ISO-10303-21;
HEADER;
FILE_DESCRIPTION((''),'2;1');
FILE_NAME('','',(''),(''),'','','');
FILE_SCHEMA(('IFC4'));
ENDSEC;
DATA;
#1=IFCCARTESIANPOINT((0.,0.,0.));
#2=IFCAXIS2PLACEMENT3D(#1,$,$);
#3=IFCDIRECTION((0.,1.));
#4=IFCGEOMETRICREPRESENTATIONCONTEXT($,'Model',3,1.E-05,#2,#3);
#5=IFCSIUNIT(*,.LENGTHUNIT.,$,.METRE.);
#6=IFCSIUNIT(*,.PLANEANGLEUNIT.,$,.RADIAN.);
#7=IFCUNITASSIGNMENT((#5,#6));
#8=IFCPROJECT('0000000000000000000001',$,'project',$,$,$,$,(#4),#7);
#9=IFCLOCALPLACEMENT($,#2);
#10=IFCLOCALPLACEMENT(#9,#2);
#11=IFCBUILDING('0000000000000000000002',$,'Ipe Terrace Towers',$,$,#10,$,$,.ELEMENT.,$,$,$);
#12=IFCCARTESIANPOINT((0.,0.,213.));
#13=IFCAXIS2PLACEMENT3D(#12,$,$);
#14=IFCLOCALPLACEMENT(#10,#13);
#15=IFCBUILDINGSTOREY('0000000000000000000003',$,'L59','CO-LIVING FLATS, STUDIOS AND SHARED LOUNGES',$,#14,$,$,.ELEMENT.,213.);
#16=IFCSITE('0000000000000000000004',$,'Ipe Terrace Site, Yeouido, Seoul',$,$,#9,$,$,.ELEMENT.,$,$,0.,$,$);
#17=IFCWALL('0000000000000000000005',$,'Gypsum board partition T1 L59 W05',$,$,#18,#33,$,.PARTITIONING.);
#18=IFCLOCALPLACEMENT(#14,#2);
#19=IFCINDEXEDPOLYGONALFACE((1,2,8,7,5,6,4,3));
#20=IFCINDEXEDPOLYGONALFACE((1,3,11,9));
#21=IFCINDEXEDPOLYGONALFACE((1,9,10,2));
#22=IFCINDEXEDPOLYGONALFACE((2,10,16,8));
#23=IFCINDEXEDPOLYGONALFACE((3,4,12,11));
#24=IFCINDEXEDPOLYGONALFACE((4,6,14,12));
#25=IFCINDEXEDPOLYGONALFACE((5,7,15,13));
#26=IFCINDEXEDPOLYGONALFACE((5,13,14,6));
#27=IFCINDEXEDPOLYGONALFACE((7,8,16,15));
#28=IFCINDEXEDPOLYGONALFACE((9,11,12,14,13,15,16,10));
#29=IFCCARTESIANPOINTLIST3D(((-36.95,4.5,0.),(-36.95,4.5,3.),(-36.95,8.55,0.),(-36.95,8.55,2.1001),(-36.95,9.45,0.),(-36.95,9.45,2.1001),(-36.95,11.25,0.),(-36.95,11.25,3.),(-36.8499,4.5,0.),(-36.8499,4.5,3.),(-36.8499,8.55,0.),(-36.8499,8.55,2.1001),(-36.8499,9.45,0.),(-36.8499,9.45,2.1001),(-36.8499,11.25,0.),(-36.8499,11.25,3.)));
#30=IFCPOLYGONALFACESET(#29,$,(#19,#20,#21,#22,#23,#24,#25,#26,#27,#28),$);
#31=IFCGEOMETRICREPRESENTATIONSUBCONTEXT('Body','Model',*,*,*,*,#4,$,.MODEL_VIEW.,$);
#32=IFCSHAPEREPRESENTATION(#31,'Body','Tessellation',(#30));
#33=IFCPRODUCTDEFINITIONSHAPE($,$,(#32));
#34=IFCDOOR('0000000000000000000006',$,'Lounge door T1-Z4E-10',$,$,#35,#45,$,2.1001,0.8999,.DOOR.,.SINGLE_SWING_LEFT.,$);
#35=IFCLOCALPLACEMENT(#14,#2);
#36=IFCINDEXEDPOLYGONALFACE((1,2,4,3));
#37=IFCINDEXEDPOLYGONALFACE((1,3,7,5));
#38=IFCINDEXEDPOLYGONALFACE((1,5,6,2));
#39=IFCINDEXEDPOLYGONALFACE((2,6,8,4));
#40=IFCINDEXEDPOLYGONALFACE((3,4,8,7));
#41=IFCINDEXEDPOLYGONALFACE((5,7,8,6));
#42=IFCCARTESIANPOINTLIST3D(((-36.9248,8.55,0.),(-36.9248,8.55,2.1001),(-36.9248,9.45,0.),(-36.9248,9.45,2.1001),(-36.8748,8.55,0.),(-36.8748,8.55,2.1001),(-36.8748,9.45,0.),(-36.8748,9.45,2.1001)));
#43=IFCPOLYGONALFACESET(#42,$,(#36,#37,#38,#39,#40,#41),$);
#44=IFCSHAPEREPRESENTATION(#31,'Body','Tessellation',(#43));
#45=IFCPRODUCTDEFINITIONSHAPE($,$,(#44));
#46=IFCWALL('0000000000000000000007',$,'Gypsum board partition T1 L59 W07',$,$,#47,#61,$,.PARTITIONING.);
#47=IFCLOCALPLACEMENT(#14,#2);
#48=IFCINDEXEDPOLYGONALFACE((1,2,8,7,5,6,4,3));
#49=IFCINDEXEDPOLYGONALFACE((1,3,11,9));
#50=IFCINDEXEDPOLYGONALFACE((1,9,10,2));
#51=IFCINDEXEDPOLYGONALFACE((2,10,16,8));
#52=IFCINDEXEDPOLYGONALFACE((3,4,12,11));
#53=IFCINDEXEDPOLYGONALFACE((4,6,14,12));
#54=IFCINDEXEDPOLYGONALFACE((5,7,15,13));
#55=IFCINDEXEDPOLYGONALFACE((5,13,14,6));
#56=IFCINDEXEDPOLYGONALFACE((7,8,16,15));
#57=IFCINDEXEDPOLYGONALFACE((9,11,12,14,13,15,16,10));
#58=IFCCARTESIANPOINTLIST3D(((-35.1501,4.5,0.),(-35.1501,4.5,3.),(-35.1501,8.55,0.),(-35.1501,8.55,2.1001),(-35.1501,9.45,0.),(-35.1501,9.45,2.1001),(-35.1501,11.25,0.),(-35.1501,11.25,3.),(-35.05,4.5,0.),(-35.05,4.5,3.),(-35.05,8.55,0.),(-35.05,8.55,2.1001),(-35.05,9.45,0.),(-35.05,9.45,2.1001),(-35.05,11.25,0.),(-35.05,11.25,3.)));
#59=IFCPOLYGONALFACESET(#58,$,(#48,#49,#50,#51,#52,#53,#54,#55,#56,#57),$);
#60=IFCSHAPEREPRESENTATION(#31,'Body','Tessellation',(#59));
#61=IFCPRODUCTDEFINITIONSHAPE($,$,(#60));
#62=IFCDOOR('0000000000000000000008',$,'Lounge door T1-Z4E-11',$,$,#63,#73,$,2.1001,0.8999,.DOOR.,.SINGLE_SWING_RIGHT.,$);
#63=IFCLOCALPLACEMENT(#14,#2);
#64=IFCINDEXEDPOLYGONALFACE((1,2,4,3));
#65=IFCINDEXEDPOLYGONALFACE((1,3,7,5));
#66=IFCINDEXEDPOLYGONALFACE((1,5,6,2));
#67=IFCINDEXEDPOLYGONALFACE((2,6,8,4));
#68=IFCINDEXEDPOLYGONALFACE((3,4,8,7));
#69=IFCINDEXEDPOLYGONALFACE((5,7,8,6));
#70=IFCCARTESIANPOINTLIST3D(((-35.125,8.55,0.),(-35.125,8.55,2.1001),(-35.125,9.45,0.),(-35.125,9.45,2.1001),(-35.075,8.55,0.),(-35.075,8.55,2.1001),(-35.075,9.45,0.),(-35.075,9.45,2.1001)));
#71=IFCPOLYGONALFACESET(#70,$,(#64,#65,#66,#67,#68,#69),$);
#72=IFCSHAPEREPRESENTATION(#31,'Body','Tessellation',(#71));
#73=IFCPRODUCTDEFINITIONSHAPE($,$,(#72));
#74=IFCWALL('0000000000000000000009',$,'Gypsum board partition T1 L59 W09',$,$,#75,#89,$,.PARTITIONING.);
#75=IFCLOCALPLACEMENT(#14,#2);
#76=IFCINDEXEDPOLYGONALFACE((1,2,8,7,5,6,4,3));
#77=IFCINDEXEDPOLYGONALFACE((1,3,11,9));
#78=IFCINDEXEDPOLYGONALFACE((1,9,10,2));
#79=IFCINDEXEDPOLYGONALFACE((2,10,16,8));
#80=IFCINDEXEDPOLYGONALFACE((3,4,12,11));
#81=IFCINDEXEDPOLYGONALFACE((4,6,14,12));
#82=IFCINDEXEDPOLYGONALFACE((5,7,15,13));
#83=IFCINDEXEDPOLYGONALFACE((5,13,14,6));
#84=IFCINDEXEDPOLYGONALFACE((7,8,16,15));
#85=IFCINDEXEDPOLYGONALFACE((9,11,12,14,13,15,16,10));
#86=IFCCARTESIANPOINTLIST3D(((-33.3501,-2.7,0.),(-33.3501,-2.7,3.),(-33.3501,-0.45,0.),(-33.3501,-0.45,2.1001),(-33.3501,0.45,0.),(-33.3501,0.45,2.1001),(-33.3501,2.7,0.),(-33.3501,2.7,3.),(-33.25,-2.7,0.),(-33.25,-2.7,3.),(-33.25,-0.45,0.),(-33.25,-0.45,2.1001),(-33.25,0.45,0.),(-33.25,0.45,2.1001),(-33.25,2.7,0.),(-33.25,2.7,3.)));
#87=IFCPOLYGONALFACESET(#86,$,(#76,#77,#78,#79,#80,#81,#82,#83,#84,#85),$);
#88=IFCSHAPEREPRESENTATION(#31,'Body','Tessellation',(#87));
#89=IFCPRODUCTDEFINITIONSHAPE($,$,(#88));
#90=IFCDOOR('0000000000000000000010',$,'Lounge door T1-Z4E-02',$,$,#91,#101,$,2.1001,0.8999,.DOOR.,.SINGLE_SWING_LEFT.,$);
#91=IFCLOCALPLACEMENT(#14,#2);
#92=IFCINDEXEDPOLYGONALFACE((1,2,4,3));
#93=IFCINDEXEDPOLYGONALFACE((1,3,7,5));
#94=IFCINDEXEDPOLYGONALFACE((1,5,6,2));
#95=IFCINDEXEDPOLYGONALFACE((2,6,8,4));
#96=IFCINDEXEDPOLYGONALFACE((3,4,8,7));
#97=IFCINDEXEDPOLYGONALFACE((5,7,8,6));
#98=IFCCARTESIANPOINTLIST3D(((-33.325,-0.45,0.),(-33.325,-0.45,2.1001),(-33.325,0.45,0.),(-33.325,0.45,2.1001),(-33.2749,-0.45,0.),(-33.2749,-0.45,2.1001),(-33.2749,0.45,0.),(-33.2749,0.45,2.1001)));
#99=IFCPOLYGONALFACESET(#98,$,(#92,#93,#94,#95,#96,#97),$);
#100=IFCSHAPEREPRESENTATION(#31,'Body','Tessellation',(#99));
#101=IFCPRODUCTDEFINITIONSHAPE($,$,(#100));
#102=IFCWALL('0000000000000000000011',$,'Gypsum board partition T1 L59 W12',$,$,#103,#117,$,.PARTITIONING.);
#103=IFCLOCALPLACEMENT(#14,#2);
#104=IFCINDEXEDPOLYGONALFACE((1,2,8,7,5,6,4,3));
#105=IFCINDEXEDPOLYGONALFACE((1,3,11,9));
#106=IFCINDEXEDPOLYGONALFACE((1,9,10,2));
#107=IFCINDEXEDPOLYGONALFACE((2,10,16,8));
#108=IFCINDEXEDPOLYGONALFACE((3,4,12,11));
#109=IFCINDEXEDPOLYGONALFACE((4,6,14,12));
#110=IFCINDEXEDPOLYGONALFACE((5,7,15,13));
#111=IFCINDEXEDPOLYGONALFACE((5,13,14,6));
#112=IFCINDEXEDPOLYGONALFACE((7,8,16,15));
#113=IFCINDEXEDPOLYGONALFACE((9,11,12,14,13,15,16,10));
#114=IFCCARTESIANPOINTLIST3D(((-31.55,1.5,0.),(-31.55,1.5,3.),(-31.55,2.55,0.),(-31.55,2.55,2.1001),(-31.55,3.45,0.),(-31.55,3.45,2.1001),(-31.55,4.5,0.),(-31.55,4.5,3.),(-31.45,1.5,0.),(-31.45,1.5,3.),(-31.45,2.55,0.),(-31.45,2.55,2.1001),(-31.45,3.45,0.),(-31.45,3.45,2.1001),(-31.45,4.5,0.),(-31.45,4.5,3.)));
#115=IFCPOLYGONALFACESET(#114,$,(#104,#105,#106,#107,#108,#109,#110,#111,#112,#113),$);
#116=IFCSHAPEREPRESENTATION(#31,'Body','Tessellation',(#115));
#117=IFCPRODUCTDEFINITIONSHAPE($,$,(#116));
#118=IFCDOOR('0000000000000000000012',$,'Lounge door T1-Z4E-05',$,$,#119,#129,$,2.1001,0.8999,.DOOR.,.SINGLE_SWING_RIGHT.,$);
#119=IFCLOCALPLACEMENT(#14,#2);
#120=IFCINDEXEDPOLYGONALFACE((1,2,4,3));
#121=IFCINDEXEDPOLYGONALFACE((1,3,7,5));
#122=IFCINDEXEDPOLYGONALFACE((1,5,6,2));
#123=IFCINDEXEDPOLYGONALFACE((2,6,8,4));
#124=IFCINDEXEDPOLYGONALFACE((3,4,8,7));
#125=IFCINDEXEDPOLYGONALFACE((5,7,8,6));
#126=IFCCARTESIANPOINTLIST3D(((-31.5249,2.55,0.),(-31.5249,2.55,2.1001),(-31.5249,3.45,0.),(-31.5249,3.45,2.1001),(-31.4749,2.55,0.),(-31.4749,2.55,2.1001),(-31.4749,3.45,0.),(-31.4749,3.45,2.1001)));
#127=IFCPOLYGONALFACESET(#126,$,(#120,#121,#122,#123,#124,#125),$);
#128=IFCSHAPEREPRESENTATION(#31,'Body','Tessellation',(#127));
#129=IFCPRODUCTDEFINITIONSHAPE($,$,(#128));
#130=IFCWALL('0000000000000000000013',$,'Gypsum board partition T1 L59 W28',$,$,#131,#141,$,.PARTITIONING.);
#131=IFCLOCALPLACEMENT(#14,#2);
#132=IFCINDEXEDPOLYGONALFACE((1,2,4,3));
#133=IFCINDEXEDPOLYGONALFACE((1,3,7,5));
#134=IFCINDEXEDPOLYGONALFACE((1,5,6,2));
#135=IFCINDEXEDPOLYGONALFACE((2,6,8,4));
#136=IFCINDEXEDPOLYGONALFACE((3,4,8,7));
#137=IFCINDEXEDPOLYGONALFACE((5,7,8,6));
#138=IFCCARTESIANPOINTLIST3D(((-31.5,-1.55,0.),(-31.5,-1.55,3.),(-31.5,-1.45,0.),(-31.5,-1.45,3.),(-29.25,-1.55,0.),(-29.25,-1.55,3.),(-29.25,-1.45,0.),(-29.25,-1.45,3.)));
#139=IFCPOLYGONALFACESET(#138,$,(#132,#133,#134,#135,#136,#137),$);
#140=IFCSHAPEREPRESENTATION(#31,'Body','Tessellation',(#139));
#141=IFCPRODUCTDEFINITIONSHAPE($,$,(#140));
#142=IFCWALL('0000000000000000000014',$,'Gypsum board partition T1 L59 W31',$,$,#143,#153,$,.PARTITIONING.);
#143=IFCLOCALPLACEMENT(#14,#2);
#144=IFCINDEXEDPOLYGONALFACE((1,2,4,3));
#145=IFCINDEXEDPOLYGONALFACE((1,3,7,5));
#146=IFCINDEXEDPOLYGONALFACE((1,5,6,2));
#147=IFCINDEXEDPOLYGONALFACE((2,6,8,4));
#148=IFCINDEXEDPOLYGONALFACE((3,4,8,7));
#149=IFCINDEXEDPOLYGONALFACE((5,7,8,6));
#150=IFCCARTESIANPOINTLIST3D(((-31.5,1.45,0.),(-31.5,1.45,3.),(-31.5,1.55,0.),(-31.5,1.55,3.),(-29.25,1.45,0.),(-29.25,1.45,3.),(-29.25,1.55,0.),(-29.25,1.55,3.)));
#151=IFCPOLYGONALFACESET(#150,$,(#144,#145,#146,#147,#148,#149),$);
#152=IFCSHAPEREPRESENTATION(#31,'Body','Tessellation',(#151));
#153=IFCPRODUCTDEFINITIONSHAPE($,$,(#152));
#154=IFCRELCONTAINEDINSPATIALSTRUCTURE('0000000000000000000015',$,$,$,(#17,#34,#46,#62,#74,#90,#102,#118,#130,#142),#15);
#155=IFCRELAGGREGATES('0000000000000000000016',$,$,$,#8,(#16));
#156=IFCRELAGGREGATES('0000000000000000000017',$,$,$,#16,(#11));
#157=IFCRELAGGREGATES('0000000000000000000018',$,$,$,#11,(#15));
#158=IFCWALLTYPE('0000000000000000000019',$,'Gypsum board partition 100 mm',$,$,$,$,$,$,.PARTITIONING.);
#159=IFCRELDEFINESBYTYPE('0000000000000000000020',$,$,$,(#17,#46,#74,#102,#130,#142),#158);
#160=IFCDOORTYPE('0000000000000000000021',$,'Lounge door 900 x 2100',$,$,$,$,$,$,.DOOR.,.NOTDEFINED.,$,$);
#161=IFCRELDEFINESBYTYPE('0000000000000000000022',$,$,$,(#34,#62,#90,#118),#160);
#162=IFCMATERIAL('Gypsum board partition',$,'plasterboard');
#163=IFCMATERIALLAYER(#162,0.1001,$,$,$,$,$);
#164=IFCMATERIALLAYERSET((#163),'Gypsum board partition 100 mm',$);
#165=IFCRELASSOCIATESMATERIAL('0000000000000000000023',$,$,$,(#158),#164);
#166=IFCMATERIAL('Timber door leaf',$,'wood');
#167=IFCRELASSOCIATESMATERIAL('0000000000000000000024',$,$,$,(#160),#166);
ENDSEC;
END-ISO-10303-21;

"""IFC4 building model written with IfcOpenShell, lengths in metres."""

from ifc_helpers import new_model, si_unit, direction, frame, frame_2d, origin, place, context, subcontext, project, spatial, rectangle, extrude, material, layer, layer_set, type_object, element, fill, save


model = new_model("IFC4")

# Units and contexts
model_context = context("Model", 3, precision=1e-05, world=origin(), true_north=direction((0.0, 1.0)))
body_context = subcontext(model_context, "Body", "Model", "MODEL_VIEW")
ifc_project = project(units=[si_unit("LENGTHUNIT", "METRE"), si_unit("PLANEANGLEUNIT", "RADIAN")], contexts=[model_context])

# Site, building, storey
site_placement = place(None, origin())
site = spatial("IfcSite", under=ifc_project, at=site_placement, Name="Ipe Terrace Site, Yeouido, Seoul", CompositionType="ELEMENT", RefElevation=0.0)
building_placement = place(site_placement, origin())
building = spatial("IfcBuilding", under=site, at=building_placement, Name="Ipe Terrace Towers", CompositionType="ELEMENT")
storey_placement = place(building_placement, frame((0.0, 0.0, 213.0)))
storey = spatial("IfcBuildingStorey", under=building, at=storey_placement, Name="L59", Description="CO-LIVING FLATS, STUDIOS AND SHARED LOUNGES", CompositionType="ELEMENT", Elevation=213.0)

# Shared definitions
ifc_material_1 = material(Name="Gypsum board partition", Category="plasterboard")
ifc_layer_1 = layer(ifc_material_1, 0.1001)
ifc_layer_set_1 = layer_set([ifc_layer_1], Name="Gypsum board partition 100 mm")
wall_type_1 = type_object("IfcWallType", Name="Gypsum board partition 100 mm", PredefinedType="PARTITIONING", material=ifc_layer_set_1)

# Walls, openings, doors
wall_1_placement = place(storey_placement, frame((-36.8999, 4.5, 0.0), z_axis=(0.0, 0.0, 1.0), x_axis=(0.0, 1.0, 0.0)))
wall_1 = element("IfcWall", 1, at=wall_1_placement, inside=storey, type_object=wall_type_1, Name="Gypsum board partition T1 L59 W05", PredefinedType="PARTITIONING", context=body_context, shape_type="SweptSolid", body=[
    extrude(rectangle(XDim=6.75, YDim=0.1001, at=frame_2d((3.375, 0.0))), origin(), (0.0, 0.0, 1.0), 3.0),
])
opening_1_placement = place(wall_1_placement, frame((4.05, 0.0, 0.0)))
opening_1 = element("IfcOpeningElement", 2, at=opening_1_placement, cuts=wall_1, PredefinedType="OPENING", context=body_context, shape_type="SweptSolid", body=[
    extrude(rectangle(XDim=0.8999, YDim=2.1001, at=frame_2d((0.45, 1.05))), frame((0.0, 0.0601, 0.0), z_axis=(0.0, -1.0, 0.0), x_axis=(1.0, 0.0, 0.0)), (0.0, 0.0, 1.0), 0.1201),
])
ifc_material_2 = material(Name="Timber door leaf", Category="wood")
door_type = type_object("IfcDoorType", Name="Lounge door 900 x 2100", OperationType="NOTDEFINED", PredefinedType="DOOR", material=ifc_material_2)
door_1_placement = place(opening_1_placement, origin())
door_1 = element("IfcDoor", 3, at=door_1_placement, inside=storey, type_object=door_type, Name="Lounge door T1-Z4E-10", OperationType="SINGLE_SWING_LEFT", OverallHeight=2.1001, OverallWidth=0.8999, PredefinedType="DOOR", context=body_context, shape_type="SweptSolid", body=[
    extrude(rectangle(XDim=0.8999, YDim=2.1001, at=frame_2d((0.45, 1.05))), frame((0.0, 0.0249, 0.0), z_axis=(0.0, -1.0, 0.0), x_axis=(1.0, 0.0, 0.0)), (0.0, 0.0, 1.0), 0.05),
])
fill(opening_1, door_1)
wall_2_placement = place(storey_placement, frame((-35.1001, 4.5, 0.0), z_axis=(0.0, 0.0, 1.0), x_axis=(0.0, 1.0, 0.0)))
wall_2 = element("IfcWall", 4, at=wall_2_placement, inside=storey, type_object=wall_type_1, Name="Gypsum board partition T1 L59 W07", PredefinedType="PARTITIONING", context=body_context, shape_type="SweptSolid", body=[
    extrude(rectangle(XDim=6.75, YDim=0.1001, at=frame_2d((3.375, 0.0))), origin(), (0.0, 0.0, 1.0), 3.0),
])
opening_2_placement = place(wall_2_placement, frame((4.05, 0.0, 0.0)))
opening_2 = element("IfcOpeningElement", 5, at=opening_2_placement, cuts=wall_2, PredefinedType="OPENING", context=body_context, shape_type="SweptSolid", body=[
    extrude(rectangle(XDim=0.8999, YDim=2.1001, at=frame_2d((0.45, 1.05))), frame((0.0, 0.0601, 0.0), z_axis=(0.0, -1.0, 0.0), x_axis=(1.0, 0.0, 0.0)), (0.0, 0.0, 1.0), 0.1201),
])
door_2_placement = place(opening_2_placement, origin())
door_2 = element("IfcDoor", 6, at=door_2_placement, inside=storey, type_object=door_type, Name="Lounge door T1-Z4E-11", OperationType="SINGLE_SWING_RIGHT", OverallHeight=2.1001, OverallWidth=0.8999, PredefinedType="DOOR", context=body_context, shape_type="SweptSolid", body=[
    extrude(rectangle(XDim=0.8999, YDim=2.1001, at=frame_2d((0.45, 1.05))), frame((0.0, 0.0249, 0.0), z_axis=(0.0, -1.0, 0.0), x_axis=(1.0, 0.0, 0.0)), (0.0, 0.0, 1.0), 0.05),
])
fill(opening_2, door_2)
wall_3_placement = place(storey_placement, frame((-33.3, -2.7, 0.0), z_axis=(0.0, 0.0, 1.0), x_axis=(0.0, 1.0, 0.0)))
wall_3 = element("IfcWall", 7, at=wall_3_placement, inside=storey, type_object=wall_type_1, Name="Gypsum board partition T1 L59 W09", PredefinedType="PARTITIONING", context=body_context, shape_type="SweptSolid", body=[
    extrude(rectangle(XDim=5.3999, YDim=0.1001, at=frame_2d((2.7, 0.0))), origin(), (0.0, 0.0, 1.0), 3.0),
])
opening_3_placement = place(wall_3_placement, frame((2.25, 0.0, 0.0)))
opening_3 = element("IfcOpeningElement", 8, at=opening_3_placement, cuts=wall_3, PredefinedType="OPENING", context=body_context, shape_type="SweptSolid", body=[
    extrude(rectangle(XDim=0.8999, YDim=2.1001, at=frame_2d((0.45, 1.05))), frame((0.0, 0.0601, 0.0), z_axis=(0.0, -1.0, 0.0), x_axis=(1.0, 0.0, 0.0)), (0.0, 0.0, 1.0), 0.1201),
])
door_3_placement = place(opening_3_placement, origin())
door_3 = element("IfcDoor", 9, at=door_3_placement, inside=storey, type_object=door_type, Name="Lounge door T1-Z4E-02", OperationType="SINGLE_SWING_LEFT", OverallHeight=2.1001, OverallWidth=0.8999, PredefinedType="DOOR", context=body_context, shape_type="SweptSolid", body=[
    extrude(rectangle(XDim=0.8999, YDim=2.1001, at=frame_2d((0.45, 1.05))), frame((0.0, 0.0249, 0.0), z_axis=(0.0, -1.0, 0.0), x_axis=(1.0, 0.0, 0.0)), (0.0, 0.0, 1.0), 0.05),
])
fill(opening_3, door_3)
wall_4_placement = place(storey_placement, frame((-31.5, 1.5, 0.0), z_axis=(0.0, 0.0, 1.0), x_axis=(0.0, 1.0, 0.0)))
wall_4 = element("IfcWall", 10, at=wall_4_placement, inside=storey, type_object=wall_type_1, Name="Gypsum board partition T1 L59 W12", PredefinedType="PARTITIONING", context=body_context, shape_type="SweptSolid", body=[
    extrude(rectangle(XDim=3.0, YDim=0.1001, at=frame_2d((1.5, 0.0))), origin(), (0.0, 0.0, 1.0), 3.0),
])
opening_4_placement = place(wall_4_placement, frame((1.05, 0.0, 0.0)))
opening_4 = element("IfcOpeningElement", 11, at=opening_4_placement, cuts=wall_4, PredefinedType="OPENING", context=body_context, shape_type="SweptSolid", body=[
    extrude(rectangle(XDim=0.8999, YDim=2.1001, at=frame_2d((0.45, 1.05))), frame((0.0, 0.0601, 0.0), z_axis=(0.0, -1.0, 0.0), x_axis=(1.0, 0.0, 0.0)), (0.0, 0.0, 1.0), 0.1201),
])
door_4_placement = place(opening_4_placement, origin())
door_4 = element("IfcDoor", 12, at=door_4_placement, inside=storey, type_object=door_type, Name="Lounge door T1-Z4E-05", OperationType="SINGLE_SWING_RIGHT", OverallHeight=2.1001, OverallWidth=0.8999, PredefinedType="DOOR", context=body_context, shape_type="SweptSolid", body=[
    extrude(rectangle(XDim=0.8999, YDim=2.1001, at=frame_2d((0.45, 1.05))), frame((0.0, 0.0249, 0.0), z_axis=(0.0, -1.0, 0.0), x_axis=(1.0, 0.0, 0.0)), (0.0, 0.0, 1.0), 0.05),
])
fill(opening_4, door_4)

# Walls
for number, where, z_axis, x_axis, name in (
    (13, (-31.5, -1.5, 0.0), (0.0, 0.0, 1.0), (1.0, 0.0, 0.0), "Gypsum board partition T1 L59 W28"),
    (14, (-31.5, 1.5, 0.0), (0.0, 0.0, 1.0), (1.0, 0.0, 0.0), "Gypsum board partition T1 L59 W31"),
):
    element("IfcWall", number, at=place(storey_placement, frame(where, z_axis=z_axis, x_axis=x_axis)), inside=storey, type_object=wall_type_1, Name=name, PredefinedType="PARTITIONING", context=body_context, shape_type="SweptSolid", body=[
        extrude(rectangle(XDim=2.25, YDim=0.1001, at=frame_2d((1.125, 0.0))), origin(), (0.0, 0.0, 1.0), 3.0),
    ])

save(model, "model.ifc")
